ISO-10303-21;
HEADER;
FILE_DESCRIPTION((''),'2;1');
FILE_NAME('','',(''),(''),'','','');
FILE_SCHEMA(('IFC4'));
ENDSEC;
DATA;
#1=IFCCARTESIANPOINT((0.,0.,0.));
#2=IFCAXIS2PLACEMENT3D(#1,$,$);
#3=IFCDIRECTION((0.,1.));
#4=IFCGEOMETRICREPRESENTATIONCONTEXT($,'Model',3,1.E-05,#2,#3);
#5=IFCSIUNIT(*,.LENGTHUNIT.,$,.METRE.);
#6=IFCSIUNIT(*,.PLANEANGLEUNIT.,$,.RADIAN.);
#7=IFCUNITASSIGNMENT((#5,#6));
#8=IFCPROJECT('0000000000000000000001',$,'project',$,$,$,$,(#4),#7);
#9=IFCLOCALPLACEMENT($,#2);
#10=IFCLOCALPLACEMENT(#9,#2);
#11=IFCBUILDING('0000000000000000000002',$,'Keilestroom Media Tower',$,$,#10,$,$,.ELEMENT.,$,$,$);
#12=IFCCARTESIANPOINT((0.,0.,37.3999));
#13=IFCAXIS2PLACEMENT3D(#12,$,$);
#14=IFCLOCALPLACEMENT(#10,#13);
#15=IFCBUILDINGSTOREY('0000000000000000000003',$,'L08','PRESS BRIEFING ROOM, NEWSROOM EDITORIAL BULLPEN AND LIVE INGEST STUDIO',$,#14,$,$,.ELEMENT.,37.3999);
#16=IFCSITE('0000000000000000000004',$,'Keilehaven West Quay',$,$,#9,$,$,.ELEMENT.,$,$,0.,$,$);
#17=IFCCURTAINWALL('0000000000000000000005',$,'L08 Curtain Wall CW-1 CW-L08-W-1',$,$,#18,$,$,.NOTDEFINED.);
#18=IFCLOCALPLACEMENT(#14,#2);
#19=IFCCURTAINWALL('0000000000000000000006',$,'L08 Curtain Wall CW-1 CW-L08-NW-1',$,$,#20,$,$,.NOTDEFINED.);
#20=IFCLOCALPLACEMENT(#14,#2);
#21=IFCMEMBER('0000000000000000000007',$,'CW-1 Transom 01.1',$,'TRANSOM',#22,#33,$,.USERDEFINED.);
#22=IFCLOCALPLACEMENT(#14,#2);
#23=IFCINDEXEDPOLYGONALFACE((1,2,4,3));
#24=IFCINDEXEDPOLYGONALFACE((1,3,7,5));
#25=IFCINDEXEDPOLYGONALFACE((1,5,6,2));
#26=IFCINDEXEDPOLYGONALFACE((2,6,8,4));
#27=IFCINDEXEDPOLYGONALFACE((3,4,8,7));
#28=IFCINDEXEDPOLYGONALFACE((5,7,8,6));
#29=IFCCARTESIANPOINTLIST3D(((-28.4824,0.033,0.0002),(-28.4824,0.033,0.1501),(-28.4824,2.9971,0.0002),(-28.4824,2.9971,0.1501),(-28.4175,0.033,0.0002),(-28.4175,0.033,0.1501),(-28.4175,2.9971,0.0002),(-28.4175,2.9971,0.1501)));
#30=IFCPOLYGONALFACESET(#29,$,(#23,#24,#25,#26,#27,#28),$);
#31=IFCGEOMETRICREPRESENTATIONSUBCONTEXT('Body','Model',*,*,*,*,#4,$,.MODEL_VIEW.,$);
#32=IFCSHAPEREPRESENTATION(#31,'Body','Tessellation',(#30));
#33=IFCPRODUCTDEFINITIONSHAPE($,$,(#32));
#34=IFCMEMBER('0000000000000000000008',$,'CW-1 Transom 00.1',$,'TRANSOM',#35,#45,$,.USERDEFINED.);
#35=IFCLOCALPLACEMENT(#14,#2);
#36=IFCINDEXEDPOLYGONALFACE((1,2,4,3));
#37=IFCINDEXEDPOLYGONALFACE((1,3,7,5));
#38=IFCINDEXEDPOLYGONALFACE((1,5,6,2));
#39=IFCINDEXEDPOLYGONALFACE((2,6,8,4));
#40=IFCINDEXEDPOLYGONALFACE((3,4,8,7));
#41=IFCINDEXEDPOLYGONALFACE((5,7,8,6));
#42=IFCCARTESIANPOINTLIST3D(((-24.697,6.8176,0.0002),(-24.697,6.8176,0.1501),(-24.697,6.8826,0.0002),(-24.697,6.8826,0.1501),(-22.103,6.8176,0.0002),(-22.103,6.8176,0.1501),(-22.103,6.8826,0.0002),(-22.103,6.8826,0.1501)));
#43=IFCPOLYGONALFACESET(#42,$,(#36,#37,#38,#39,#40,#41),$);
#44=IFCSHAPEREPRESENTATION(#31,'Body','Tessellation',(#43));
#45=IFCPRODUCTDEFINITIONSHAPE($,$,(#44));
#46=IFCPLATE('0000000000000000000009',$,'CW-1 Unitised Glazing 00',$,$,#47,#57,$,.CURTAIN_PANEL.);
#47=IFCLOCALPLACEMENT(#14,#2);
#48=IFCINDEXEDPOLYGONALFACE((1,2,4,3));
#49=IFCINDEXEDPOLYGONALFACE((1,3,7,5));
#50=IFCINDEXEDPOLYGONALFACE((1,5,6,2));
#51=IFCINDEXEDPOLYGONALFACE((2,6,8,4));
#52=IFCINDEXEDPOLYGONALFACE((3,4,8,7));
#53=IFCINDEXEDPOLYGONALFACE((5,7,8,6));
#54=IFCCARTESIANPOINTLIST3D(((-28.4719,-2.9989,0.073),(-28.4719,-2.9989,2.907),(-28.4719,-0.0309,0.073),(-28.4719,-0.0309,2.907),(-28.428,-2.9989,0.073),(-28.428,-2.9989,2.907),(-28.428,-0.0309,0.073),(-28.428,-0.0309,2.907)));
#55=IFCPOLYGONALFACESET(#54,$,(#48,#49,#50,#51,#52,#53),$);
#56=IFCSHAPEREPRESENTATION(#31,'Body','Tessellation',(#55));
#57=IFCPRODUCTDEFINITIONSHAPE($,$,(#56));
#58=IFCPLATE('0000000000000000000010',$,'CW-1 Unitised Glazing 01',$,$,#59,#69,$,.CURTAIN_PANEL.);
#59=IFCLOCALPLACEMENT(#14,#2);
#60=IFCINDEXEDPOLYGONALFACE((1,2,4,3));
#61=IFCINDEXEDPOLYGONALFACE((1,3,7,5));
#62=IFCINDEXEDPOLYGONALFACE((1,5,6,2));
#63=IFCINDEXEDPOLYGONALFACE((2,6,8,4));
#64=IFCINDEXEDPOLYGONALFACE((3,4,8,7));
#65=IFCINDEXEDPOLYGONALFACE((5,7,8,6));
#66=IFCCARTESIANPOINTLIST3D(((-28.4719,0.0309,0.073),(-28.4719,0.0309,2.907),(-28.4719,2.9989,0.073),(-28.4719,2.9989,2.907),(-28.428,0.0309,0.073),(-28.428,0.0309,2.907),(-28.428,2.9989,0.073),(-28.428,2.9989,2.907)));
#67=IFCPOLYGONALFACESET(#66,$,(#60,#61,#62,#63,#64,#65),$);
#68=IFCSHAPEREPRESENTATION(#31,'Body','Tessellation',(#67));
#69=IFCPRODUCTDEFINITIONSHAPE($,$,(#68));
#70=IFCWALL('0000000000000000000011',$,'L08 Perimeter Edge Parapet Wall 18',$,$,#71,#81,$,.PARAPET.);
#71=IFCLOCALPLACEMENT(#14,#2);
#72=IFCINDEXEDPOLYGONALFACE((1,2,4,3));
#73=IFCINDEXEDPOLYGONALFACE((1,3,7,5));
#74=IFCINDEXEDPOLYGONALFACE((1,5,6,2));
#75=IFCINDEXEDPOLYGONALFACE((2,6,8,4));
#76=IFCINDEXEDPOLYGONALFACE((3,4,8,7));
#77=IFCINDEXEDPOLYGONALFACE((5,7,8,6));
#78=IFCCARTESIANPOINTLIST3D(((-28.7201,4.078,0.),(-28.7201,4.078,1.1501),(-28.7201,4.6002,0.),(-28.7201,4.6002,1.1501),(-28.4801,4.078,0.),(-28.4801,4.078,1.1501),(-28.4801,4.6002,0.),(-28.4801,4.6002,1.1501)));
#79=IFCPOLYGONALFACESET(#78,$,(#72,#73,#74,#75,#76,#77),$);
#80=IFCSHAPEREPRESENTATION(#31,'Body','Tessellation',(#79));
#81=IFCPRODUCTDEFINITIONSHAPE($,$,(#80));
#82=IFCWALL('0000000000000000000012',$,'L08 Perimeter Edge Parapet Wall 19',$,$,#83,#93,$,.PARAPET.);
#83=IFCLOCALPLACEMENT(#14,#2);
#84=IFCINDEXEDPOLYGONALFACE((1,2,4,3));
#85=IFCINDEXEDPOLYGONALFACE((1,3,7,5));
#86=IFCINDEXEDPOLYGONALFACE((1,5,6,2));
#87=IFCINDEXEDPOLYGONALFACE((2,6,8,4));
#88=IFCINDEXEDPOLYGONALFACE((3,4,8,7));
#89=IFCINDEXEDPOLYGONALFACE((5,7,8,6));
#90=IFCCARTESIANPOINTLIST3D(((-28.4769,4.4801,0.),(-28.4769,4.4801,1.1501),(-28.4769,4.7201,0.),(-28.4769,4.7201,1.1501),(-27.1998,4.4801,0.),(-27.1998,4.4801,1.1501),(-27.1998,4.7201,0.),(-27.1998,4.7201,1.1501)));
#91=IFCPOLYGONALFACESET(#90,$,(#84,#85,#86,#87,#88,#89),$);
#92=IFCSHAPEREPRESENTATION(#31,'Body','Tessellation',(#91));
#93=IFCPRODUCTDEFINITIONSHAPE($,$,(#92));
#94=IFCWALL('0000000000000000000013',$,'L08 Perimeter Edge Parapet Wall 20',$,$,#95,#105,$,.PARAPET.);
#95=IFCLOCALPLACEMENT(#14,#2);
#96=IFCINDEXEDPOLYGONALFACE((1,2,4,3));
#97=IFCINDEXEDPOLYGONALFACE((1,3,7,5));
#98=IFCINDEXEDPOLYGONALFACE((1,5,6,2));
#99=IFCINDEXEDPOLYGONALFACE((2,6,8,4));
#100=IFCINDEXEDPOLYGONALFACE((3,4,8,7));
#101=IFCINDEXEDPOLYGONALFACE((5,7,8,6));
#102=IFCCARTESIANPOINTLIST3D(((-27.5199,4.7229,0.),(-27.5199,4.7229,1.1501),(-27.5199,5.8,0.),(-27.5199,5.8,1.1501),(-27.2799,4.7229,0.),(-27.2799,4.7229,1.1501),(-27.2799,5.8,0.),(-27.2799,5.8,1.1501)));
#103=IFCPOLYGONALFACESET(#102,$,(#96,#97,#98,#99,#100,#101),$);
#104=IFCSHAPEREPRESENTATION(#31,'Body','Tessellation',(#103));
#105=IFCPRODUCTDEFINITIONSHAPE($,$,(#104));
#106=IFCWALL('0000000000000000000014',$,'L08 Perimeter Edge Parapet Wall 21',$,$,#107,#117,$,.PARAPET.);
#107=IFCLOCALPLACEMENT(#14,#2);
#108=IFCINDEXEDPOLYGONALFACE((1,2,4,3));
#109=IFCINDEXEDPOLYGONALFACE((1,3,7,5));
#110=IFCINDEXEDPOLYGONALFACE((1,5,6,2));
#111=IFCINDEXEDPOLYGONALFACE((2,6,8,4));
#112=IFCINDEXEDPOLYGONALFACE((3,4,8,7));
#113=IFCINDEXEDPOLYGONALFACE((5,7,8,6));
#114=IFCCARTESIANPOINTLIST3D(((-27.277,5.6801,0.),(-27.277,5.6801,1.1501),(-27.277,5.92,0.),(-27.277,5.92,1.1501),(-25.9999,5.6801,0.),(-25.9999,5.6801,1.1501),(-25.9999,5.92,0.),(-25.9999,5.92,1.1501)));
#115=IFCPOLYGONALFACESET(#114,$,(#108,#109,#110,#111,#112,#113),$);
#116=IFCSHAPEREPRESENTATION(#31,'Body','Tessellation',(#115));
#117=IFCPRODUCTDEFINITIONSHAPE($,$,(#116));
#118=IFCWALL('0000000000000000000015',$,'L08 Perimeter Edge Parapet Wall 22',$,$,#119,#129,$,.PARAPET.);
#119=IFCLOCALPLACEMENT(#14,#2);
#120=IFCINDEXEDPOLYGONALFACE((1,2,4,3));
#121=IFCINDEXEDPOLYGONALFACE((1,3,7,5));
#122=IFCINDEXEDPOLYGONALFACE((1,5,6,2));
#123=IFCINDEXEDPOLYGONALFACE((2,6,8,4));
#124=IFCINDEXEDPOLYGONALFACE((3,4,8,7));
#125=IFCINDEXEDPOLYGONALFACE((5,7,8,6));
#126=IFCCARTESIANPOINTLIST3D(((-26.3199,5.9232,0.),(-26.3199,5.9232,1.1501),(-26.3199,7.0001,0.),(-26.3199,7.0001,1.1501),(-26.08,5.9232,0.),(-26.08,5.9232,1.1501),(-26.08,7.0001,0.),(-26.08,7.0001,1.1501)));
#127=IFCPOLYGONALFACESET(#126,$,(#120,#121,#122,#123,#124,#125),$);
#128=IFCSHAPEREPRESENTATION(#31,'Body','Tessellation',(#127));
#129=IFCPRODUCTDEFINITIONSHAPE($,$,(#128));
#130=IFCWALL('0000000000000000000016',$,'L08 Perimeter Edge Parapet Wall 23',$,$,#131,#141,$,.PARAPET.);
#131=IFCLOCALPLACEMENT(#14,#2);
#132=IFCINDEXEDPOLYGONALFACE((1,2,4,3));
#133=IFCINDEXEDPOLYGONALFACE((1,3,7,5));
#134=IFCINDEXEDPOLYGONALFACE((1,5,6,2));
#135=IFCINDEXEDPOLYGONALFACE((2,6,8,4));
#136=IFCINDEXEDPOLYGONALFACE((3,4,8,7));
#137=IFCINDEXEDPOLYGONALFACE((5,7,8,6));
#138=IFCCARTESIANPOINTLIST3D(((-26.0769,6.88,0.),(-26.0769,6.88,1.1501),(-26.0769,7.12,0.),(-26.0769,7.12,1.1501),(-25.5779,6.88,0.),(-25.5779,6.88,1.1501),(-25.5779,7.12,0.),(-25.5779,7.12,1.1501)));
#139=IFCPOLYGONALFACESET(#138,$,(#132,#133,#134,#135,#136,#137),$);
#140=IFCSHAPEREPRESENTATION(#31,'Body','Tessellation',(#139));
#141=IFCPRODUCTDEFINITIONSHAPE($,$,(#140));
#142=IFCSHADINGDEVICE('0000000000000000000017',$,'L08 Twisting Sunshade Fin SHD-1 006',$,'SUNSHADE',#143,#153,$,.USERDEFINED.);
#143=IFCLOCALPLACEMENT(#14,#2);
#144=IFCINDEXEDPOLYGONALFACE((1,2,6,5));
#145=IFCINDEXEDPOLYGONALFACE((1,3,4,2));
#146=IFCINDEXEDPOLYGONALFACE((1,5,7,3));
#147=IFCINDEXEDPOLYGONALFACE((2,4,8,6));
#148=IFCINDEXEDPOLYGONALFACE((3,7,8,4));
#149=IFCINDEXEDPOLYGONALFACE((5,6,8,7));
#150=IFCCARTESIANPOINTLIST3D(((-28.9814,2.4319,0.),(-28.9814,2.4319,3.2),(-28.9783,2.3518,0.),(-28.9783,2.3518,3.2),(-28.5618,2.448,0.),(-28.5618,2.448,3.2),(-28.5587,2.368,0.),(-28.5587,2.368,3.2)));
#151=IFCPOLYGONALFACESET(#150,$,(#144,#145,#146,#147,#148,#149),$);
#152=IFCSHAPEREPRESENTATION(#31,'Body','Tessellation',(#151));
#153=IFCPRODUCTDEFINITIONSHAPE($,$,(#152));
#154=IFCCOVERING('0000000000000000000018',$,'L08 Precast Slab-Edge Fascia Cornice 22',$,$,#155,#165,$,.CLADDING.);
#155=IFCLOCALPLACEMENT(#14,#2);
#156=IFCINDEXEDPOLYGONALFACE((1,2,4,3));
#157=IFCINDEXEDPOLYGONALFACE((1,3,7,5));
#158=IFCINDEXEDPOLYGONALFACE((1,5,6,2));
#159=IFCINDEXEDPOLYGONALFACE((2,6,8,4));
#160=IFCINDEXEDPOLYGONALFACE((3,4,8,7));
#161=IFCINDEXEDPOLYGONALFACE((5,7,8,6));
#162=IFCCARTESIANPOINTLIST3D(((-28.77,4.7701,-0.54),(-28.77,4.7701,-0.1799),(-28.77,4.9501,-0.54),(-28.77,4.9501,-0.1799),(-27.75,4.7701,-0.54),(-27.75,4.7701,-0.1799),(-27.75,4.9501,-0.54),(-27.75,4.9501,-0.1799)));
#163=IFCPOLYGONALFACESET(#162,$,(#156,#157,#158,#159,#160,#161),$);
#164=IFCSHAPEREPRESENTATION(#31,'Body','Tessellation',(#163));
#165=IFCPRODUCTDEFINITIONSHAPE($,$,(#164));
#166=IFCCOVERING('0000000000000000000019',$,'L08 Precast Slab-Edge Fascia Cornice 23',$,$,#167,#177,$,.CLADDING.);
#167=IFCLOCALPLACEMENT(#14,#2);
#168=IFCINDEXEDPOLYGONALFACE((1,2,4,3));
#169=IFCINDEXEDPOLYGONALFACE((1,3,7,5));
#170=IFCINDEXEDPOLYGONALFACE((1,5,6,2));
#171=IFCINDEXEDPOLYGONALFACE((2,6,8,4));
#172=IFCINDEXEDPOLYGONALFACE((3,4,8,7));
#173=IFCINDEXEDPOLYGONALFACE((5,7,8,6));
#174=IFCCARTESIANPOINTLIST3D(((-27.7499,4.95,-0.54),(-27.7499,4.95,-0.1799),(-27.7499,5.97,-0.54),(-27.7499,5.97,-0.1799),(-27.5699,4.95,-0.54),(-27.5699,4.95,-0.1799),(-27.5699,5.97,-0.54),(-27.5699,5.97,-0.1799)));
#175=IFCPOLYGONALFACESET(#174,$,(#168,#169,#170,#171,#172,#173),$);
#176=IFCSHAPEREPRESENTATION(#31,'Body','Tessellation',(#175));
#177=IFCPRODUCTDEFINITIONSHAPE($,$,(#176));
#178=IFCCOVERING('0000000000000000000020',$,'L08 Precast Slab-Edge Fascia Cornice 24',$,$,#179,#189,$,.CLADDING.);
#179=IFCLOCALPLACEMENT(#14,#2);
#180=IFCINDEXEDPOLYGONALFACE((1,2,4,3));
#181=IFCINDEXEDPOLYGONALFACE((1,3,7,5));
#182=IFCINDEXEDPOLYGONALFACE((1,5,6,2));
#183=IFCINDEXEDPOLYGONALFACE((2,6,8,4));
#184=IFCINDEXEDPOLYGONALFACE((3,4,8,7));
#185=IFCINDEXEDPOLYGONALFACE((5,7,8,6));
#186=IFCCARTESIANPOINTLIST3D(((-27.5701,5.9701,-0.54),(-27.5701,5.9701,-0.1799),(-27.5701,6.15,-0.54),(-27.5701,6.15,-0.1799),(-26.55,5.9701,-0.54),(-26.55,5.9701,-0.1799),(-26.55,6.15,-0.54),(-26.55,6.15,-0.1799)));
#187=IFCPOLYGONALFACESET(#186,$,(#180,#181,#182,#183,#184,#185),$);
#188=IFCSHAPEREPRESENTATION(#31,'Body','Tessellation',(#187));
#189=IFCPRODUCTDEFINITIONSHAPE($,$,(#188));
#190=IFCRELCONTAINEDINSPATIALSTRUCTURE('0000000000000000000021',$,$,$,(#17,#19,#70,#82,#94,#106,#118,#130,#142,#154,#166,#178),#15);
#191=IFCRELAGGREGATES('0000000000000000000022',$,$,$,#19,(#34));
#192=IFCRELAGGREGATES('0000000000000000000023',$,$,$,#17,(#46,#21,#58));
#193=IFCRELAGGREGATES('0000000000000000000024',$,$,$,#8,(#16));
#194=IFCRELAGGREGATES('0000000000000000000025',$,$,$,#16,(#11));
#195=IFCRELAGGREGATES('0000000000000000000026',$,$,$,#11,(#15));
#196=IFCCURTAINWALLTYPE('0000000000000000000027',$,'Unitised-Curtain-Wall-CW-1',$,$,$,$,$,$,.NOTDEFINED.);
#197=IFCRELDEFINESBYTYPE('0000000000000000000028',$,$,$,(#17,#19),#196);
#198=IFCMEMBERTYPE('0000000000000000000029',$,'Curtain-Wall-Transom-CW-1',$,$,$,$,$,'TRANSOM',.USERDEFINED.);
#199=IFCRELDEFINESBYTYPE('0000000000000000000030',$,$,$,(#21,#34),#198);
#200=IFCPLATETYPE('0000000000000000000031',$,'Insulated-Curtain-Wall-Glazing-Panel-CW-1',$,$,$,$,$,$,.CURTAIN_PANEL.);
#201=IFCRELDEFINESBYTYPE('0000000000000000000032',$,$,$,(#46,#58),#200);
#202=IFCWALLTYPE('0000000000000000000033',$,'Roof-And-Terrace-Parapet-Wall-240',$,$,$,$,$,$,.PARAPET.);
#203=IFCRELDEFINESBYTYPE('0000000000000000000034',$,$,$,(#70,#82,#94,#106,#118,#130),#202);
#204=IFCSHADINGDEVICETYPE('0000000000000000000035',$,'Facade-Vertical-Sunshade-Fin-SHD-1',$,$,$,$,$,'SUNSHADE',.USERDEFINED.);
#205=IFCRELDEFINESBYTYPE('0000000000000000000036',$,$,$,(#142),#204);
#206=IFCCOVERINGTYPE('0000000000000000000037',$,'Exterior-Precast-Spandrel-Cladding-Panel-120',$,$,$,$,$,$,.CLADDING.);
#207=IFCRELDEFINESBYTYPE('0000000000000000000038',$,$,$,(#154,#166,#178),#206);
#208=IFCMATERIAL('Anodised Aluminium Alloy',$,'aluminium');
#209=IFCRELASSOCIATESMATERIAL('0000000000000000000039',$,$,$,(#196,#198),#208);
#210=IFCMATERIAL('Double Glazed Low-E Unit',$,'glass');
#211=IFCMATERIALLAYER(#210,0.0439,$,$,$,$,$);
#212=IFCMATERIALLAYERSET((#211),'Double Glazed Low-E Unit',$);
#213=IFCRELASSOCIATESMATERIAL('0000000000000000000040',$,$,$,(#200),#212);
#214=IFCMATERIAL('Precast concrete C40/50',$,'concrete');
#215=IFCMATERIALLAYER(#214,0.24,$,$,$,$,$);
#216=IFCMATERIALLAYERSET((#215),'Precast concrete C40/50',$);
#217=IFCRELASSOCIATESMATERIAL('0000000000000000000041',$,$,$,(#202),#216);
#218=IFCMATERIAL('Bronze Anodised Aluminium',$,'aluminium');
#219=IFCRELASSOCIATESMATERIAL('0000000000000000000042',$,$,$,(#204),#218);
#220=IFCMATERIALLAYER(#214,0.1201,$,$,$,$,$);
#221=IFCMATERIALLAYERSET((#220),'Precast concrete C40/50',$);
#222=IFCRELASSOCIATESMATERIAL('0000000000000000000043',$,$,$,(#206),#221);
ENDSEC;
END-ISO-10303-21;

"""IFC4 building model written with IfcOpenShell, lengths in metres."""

from ifc_helpers import new_model, si_unit, direction, frame, frame_2d, origin, origin_2d, place, context, subcontext, project, spatial, rectangle, extrude, source, transform, mapped, material, layer, layer_set, material_profile, profile_set, type_object, element, aggregate, save


model = new_model("IFC4")

# Units and contexts
model_context = context("Model", 3, precision=1e-05, world=origin(), true_north=direction((0.0, 1.0)))
body_context = subcontext(model_context, "Body", "Model", "MODEL_VIEW")
ifc_project = project(units=[si_unit("LENGTHUNIT", "METRE"), si_unit("PLANEANGLEUNIT", "RADIAN")], contexts=[model_context])

# Site, building, storey
site_placement = place(None, origin())
site = spatial("IfcSite", under=ifc_project, at=site_placement, Name="Keilehaven West Quay", CompositionType="ELEMENT", RefElevation=0.0)
building_placement = place(site_placement, origin())
building = spatial("IfcBuilding", under=site, at=building_placement, Name="Keilestroom Media Tower", CompositionType="ELEMENT")
storey_placement = place(building_placement, frame((0.0, 0.0, 37.3999)))
storey = spatial("IfcBuildingStorey", under=building, at=storey_placement, Name="L08", Description="PRESS BRIEFING ROOM, NEWSROOM EDITORIAL BULLPEN AND LIVE INGEST STUDIO", CompositionType="ELEMENT", Elevation=37.3999)

# Shared definitions
ifc_material_1 = material(Name="Precast concrete C40/50", Category="concrete")

# Curtain wall
ifc_material_2 = material(Name="Anodised Aluminium Alloy", Category="aluminium")
curtain_wall_type = type_object("IfcCurtainWallType", Name="Unitised-Curtain-Wall-CW-1", PredefinedType="NOTDEFINED", material=ifc_material_2)
curtain_wall_1_placement = place(storey_placement, origin())
curtain_wall_1 = element("IfcCurtainWall", 1, at=curtain_wall_1_placement, inside=storey, type_object=curtain_wall_type, Name="L08 Curtain Wall CW-1 CW-L08-W-1", PredefinedType="NOTDEFINED")

# Curtain wall
curtain_wall_2_placement = place(storey_placement, origin())
curtain_wall_2 = element("IfcCurtainWall", 2, at=curtain_wall_2_placement, inside=storey, type_object=curtain_wall_type, Name="L08 Curtain Wall CW-1 CW-L08-NW-1", PredefinedType="NOTDEFINED")

# Members
ifc_material_profile_1 = material_profile(ifc_material_2, rectangle(XDim=0.0649, YDim=0.1499, at=origin_2d()), Name="ALU TRANSOM 65x150")
ifc_profile_set_1 = profile_set([ifc_material_profile_1], Name="Anodised Aluminium Alloy")
member_type_1 = type_object("IfcMemberType", Name="Curtain-Wall-Transom-CW-1", ElementType="TRANSOM", PredefinedType="USERDEFINED", material=ifc_profile_set_1)
shared_shape_1 = source(origin(), body_context, "Body", "SweptSolid", [
    extrude(rectangle(XDim=0.0649, YDim=0.1499, at=origin_2d()), origin(), (0.0, 0.0, 1.0), 2.9641),
])
member_1_placement = place(storey_placement, frame((-28.45, 0.033, 0.0752), z_axis=(0.0, 1.0, 0.0), x_axis=(-1.0, 0.0, 0.0)))
member_1 = element("IfcMember", 3, at=member_1_placement, type_object=member_type_1, Name="CW-1 Transom 01.1", ObjectType="TRANSOM", PredefinedType="USERDEFINED", context=body_context, shape_type="MappedRepresentation", body=[
    mapped(shared_shape_1, transform((0.0, 0.0, 0.0), x_axis=(1.0, 0.0, 0.0), y_axis=(0.0, 1.0, 0.0), z_axis=(0.0, 0.0, 1.0), scale=1.0)),
])
shared_shape_2 = source(origin(), body_context, "Body", "SweptSolid", [
    extrude(rectangle(XDim=0.0649, YDim=0.1499, at=origin_2d()), origin(), (0.0, 0.0, 1.0), 2.594),
])
member_2_placement = place(storey_placement, frame((-24.697, 6.8501, 0.0752), z_axis=(1.0, 0.0, 0.0), x_axis=(0.0, 1.0, 0.0)))
member_2 = element("IfcMember", 4, at=member_2_placement, type_object=member_type_1, Name="CW-1 Transom 00.1", ObjectType="TRANSOM", PredefinedType="USERDEFINED", context=body_context, shape_type="MappedRepresentation", body=[
    mapped(shared_shape_2, transform((0.0, 0.0, 0.0), x_axis=(1.0, 0.0, 0.0), y_axis=(0.0, 1.0, 0.0), z_axis=(0.0, 0.0, 1.0), scale=1.0)),
])
aggregate(curtain_wall_2, [member_2])

# Plates
ifc_material_3 = material(Name="Double Glazed Low-E Unit", Category="glass")
ifc_layer_1 = layer(ifc_material_3, 0.0439)
ifc_layer_set_1 = layer_set([ifc_layer_1], Name="Double Glazed Low-E Unit")
plate_type = type_object("IfcPlateType", Name="Insulated-Curtain-Wall-Glazing-Panel-CW-1", PredefinedType="CURTAIN_PANEL", material=ifc_layer_set_1)
shared_shape_3 = source(origin(), body_context, "Body", "SweptSolid", [
    extrude(rectangle(XDim=2.968, YDim=0.0439, at=origin_2d()), origin(), (0.0, 0.0, 1.0), 2.834),
])
plate_1_placement = place(storey_placement, frame((-28.45, -1.5149, 0.073), z_axis=(0.0, 0.0, 1.0), x_axis=(0.0, 1.0, 0.0)))
plate_1 = element("IfcPlate", 5, at=plate_1_placement, type_object=plate_type, Name="CW-1 Unitised Glazing 00", PredefinedType="CURTAIN_PANEL", context=body_context, shape_type="MappedRepresentation", body=[
    mapped(shared_shape_3, transform((0.0, 0.0, 0.0), x_axis=(1.0, 0.0, 0.0), y_axis=(0.0, 1.0, 0.0), z_axis=(0.0, 0.0, 1.0), scale=1.0)),
])
plate_2_placement = place(storey_placement, frame((-28.45, 1.5149, 0.073), z_axis=(0.0, 0.0, 1.0), x_axis=(0.0, 1.0, 0.0)))
plate_2 = element("IfcPlate", 6, at=plate_2_placement, type_object=plate_type, Name="CW-1 Unitised Glazing 01", PredefinedType="CURTAIN_PANEL", context=body_context, shape_type="MappedRepresentation", body=[
    mapped(shared_shape_3, transform((0.0, 0.0, 0.0), x_axis=(1.0, 0.0, 0.0), y_axis=(0.0, 1.0, 0.0), z_axis=(0.0, 0.0, 1.0), scale=1.0)),
])
aggregate(curtain_wall_1, [plate_1, member_1, plate_2])

# Walls
ifc_layer_2 = layer(ifc_material_1, 0.24)
ifc_layer_set_2 = layer_set([ifc_layer_2], Name="Precast concrete C40/50")
wall_type = type_object("IfcWallType", Name="Roof-And-Terrace-Parapet-Wall-240", PredefinedType="PARAPET", material=ifc_layer_set_2)
wall_1_placement = place(storey_placement, frame((-28.6001, 4.0779, 0.0), z_axis=(0.0, 0.0, 1.0), x_axis=(0.0, 1.0, 0.0)))
element("IfcWall", 7, at=wall_1_placement, inside=storey, type_object=wall_type, Name="L08 Perimeter Edge Parapet Wall 18", PredefinedType="PARAPET", context=body_context, shape_type="SweptSolid", body=[
    extrude(rectangle(XDim=0.5222, YDim=0.24, at=frame_2d((0.2612, 0.0))), origin(), (0.0, 0.0, 1.0), 1.1501),
])
wall_2_placement = place(storey_placement, frame((-28.4771, 4.6001, 0.0), z_axis=(0.0, 0.0, 1.0), x_axis=(1.0, 0.0, 0.0)))
element("IfcWall", 8, at=wall_2_placement, inside=storey, type_object=wall_type, Name="L08 Perimeter Edge Parapet Wall 19", PredefinedType="PARAPET", context=body_context, shape_type="SweptSolid", body=[
    extrude(rectangle(XDim=1.2771, YDim=0.24, at=frame_2d((0.6387, 0.0))), origin(), (0.0, 0.0, 1.0), 1.1501),
])
wall_3_placement = place(storey_placement, frame((-27.3999, 4.7229, 0.0), z_axis=(0.0, 0.0, 1.0), x_axis=(0.0, 1.0, 0.0)))
element("IfcWall", 9, at=wall_3_placement, inside=storey, type_object=wall_type, Name="L08 Perimeter Edge Parapet Wall 20", PredefinedType="PARAPET", context=body_context, shape_type="SweptSolid", body=[
    extrude(rectangle(XDim=1.0771, YDim=0.24, at=frame_2d((0.5386, 0.0))), origin(), (0.0, 0.0, 1.0), 1.1501),
])
wall_4_placement = place(storey_placement, frame((-27.2771, 5.8, 0.0), z_axis=(0.0, 0.0, 1.0), x_axis=(1.0, 0.0, 0.0)))
element("IfcWall", 10, at=wall_4_placement, inside=storey, type_object=wall_type, Name="L08 Perimeter Edge Parapet Wall 21", PredefinedType="PARAPET", context=body_context, shape_type="SweptSolid", body=[
    extrude(rectangle(XDim=1.2771, YDim=0.24, at=frame_2d((0.6387, 0.0))), origin(), (0.0, 0.0, 1.0), 1.1501),
])
wall_5_placement = place(storey_placement, frame((-26.2, 5.9231, 0.0), z_axis=(0.0, 0.0, 1.0), x_axis=(0.0, 1.0, 0.0)))
element("IfcWall", 11, at=wall_5_placement, inside=storey, type_object=wall_type, Name="L08 Perimeter Edge Parapet Wall 22", PredefinedType="PARAPET", context=body_context, shape_type="SweptSolid", body=[
    extrude(rectangle(XDim=1.0769, YDim=0.24, at=frame_2d((0.5386, 0.0))), origin(), (0.0, 0.0, 1.0), 1.1501),
])
wall_6_placement = place(storey_placement, frame((-26.0769, 7.0, 0.0), z_axis=(0.0, 0.0, 1.0), x_axis=(1.0, 0.0, 0.0)))
element("IfcWall", 12, at=wall_6_placement, inside=storey, type_object=wall_type, Name="L08 Perimeter Edge Parapet Wall 23", PredefinedType="PARAPET", context=body_context, shape_type="SweptSolid", body=[
    extrude(rectangle(XDim=0.499, YDim=0.24, at=frame_2d((0.2495, 0.0))), origin(), (0.0, 0.0, 1.0), 1.1501),
])

# Shading device
ifc_material_4 = material(Name="Bronze Anodised Aluminium", Category="aluminium")
shading_device_type = type_object("IfcShadingDeviceType", Name="Facade-Vertical-Sunshade-Fin-SHD-1", ElementType="SUNSHADE", PredefinedType="USERDEFINED", material=ifc_material_4)
shared_shape_4 = source(origin(), body_context, "Body", "SweptSolid", [
    extrude(rectangle(XDim=0.4199, YDim=0.0801, at=origin_2d()), origin(), (0.0, 0.0, 1.0), 3.2),
])
shading_device_placement = place(storey_placement, frame((-28.77, 2.3999, 0.0), z_axis=(0.0, 0.0, 1.0), x_axis=(0.999263, 0.038388, 0.0)))
element("IfcShadingDevice", 13, at=shading_device_placement, inside=storey, type_object=shading_device_type, Name="L08 Twisting Sunshade Fin SHD-1 006", ObjectType="SUNSHADE", PredefinedType="USERDEFINED", context=body_context, shape_type="MappedRepresentation", body=[
    mapped(shared_shape_4, transform((0.0, 0.0, 0.0), x_axis=(1.0, 0.0, 0.0), y_axis=(0.0, 1.0, 0.0), z_axis=(0.0, 0.0, 1.0), scale=1.0)),
])

# Coverings
ifc_layer_3 = layer(ifc_material_1, 0.1201)
ifc_layer_set_3 = layer_set([ifc_layer_3], Name="Precast concrete C40/50")
covering_type = type_object("IfcCoveringType", Name="Exterior-Precast-Spandrel-Cladding-Panel-120", PredefinedType="CLADDING", material=ifc_layer_set_3)
shared_shape_5 = source(origin(), body_context, "Body", "SweptSolid", [
    extrude(rectangle(XDim=1.02, YDim=0.1799, at=origin_2d()), origin(), (0.0, 0.0, 1.0), 0.3601),
])
for number, where, z_axis, x_axis, name in (
    (14, (-28.26, 4.8601, -0.54), (0.0, 0.0, 1.0), (1.0, 0.0, 0.0), "L08 Precast Slab-Edge Fascia Cornice 22"),
    (15, (-27.6599, 5.46, -0.54), (0.0, 0.0, 1.0), (0.0, 1.0, 0.0), "L08 Precast Slab-Edge Fascia Cornice 23"),
    (16, (-27.0601, 6.0601, -0.54), (0.0, 0.0, 1.0), (1.0, 0.0, 0.0), "L08 Precast Slab-Edge Fascia Cornice 24"),
):
    element("IfcCovering", number, at=place(storey_placement, frame(where, z_axis=z_axis, x_axis=x_axis)), inside=storey, type_object=covering_type, Name=name, PredefinedType="CLADDING", context=body_context, shape_type="MappedRepresentation", body=[
        mapped(shared_shape_5, transform((0.0, 0.0, 0.0), x_axis=(1.0, 0.0, 0.0), y_axis=(0.0, 1.0, 0.0), z_axis=(0.0, 0.0, 1.0), scale=1.0)),
    ])

save(model, "model.ifc")
